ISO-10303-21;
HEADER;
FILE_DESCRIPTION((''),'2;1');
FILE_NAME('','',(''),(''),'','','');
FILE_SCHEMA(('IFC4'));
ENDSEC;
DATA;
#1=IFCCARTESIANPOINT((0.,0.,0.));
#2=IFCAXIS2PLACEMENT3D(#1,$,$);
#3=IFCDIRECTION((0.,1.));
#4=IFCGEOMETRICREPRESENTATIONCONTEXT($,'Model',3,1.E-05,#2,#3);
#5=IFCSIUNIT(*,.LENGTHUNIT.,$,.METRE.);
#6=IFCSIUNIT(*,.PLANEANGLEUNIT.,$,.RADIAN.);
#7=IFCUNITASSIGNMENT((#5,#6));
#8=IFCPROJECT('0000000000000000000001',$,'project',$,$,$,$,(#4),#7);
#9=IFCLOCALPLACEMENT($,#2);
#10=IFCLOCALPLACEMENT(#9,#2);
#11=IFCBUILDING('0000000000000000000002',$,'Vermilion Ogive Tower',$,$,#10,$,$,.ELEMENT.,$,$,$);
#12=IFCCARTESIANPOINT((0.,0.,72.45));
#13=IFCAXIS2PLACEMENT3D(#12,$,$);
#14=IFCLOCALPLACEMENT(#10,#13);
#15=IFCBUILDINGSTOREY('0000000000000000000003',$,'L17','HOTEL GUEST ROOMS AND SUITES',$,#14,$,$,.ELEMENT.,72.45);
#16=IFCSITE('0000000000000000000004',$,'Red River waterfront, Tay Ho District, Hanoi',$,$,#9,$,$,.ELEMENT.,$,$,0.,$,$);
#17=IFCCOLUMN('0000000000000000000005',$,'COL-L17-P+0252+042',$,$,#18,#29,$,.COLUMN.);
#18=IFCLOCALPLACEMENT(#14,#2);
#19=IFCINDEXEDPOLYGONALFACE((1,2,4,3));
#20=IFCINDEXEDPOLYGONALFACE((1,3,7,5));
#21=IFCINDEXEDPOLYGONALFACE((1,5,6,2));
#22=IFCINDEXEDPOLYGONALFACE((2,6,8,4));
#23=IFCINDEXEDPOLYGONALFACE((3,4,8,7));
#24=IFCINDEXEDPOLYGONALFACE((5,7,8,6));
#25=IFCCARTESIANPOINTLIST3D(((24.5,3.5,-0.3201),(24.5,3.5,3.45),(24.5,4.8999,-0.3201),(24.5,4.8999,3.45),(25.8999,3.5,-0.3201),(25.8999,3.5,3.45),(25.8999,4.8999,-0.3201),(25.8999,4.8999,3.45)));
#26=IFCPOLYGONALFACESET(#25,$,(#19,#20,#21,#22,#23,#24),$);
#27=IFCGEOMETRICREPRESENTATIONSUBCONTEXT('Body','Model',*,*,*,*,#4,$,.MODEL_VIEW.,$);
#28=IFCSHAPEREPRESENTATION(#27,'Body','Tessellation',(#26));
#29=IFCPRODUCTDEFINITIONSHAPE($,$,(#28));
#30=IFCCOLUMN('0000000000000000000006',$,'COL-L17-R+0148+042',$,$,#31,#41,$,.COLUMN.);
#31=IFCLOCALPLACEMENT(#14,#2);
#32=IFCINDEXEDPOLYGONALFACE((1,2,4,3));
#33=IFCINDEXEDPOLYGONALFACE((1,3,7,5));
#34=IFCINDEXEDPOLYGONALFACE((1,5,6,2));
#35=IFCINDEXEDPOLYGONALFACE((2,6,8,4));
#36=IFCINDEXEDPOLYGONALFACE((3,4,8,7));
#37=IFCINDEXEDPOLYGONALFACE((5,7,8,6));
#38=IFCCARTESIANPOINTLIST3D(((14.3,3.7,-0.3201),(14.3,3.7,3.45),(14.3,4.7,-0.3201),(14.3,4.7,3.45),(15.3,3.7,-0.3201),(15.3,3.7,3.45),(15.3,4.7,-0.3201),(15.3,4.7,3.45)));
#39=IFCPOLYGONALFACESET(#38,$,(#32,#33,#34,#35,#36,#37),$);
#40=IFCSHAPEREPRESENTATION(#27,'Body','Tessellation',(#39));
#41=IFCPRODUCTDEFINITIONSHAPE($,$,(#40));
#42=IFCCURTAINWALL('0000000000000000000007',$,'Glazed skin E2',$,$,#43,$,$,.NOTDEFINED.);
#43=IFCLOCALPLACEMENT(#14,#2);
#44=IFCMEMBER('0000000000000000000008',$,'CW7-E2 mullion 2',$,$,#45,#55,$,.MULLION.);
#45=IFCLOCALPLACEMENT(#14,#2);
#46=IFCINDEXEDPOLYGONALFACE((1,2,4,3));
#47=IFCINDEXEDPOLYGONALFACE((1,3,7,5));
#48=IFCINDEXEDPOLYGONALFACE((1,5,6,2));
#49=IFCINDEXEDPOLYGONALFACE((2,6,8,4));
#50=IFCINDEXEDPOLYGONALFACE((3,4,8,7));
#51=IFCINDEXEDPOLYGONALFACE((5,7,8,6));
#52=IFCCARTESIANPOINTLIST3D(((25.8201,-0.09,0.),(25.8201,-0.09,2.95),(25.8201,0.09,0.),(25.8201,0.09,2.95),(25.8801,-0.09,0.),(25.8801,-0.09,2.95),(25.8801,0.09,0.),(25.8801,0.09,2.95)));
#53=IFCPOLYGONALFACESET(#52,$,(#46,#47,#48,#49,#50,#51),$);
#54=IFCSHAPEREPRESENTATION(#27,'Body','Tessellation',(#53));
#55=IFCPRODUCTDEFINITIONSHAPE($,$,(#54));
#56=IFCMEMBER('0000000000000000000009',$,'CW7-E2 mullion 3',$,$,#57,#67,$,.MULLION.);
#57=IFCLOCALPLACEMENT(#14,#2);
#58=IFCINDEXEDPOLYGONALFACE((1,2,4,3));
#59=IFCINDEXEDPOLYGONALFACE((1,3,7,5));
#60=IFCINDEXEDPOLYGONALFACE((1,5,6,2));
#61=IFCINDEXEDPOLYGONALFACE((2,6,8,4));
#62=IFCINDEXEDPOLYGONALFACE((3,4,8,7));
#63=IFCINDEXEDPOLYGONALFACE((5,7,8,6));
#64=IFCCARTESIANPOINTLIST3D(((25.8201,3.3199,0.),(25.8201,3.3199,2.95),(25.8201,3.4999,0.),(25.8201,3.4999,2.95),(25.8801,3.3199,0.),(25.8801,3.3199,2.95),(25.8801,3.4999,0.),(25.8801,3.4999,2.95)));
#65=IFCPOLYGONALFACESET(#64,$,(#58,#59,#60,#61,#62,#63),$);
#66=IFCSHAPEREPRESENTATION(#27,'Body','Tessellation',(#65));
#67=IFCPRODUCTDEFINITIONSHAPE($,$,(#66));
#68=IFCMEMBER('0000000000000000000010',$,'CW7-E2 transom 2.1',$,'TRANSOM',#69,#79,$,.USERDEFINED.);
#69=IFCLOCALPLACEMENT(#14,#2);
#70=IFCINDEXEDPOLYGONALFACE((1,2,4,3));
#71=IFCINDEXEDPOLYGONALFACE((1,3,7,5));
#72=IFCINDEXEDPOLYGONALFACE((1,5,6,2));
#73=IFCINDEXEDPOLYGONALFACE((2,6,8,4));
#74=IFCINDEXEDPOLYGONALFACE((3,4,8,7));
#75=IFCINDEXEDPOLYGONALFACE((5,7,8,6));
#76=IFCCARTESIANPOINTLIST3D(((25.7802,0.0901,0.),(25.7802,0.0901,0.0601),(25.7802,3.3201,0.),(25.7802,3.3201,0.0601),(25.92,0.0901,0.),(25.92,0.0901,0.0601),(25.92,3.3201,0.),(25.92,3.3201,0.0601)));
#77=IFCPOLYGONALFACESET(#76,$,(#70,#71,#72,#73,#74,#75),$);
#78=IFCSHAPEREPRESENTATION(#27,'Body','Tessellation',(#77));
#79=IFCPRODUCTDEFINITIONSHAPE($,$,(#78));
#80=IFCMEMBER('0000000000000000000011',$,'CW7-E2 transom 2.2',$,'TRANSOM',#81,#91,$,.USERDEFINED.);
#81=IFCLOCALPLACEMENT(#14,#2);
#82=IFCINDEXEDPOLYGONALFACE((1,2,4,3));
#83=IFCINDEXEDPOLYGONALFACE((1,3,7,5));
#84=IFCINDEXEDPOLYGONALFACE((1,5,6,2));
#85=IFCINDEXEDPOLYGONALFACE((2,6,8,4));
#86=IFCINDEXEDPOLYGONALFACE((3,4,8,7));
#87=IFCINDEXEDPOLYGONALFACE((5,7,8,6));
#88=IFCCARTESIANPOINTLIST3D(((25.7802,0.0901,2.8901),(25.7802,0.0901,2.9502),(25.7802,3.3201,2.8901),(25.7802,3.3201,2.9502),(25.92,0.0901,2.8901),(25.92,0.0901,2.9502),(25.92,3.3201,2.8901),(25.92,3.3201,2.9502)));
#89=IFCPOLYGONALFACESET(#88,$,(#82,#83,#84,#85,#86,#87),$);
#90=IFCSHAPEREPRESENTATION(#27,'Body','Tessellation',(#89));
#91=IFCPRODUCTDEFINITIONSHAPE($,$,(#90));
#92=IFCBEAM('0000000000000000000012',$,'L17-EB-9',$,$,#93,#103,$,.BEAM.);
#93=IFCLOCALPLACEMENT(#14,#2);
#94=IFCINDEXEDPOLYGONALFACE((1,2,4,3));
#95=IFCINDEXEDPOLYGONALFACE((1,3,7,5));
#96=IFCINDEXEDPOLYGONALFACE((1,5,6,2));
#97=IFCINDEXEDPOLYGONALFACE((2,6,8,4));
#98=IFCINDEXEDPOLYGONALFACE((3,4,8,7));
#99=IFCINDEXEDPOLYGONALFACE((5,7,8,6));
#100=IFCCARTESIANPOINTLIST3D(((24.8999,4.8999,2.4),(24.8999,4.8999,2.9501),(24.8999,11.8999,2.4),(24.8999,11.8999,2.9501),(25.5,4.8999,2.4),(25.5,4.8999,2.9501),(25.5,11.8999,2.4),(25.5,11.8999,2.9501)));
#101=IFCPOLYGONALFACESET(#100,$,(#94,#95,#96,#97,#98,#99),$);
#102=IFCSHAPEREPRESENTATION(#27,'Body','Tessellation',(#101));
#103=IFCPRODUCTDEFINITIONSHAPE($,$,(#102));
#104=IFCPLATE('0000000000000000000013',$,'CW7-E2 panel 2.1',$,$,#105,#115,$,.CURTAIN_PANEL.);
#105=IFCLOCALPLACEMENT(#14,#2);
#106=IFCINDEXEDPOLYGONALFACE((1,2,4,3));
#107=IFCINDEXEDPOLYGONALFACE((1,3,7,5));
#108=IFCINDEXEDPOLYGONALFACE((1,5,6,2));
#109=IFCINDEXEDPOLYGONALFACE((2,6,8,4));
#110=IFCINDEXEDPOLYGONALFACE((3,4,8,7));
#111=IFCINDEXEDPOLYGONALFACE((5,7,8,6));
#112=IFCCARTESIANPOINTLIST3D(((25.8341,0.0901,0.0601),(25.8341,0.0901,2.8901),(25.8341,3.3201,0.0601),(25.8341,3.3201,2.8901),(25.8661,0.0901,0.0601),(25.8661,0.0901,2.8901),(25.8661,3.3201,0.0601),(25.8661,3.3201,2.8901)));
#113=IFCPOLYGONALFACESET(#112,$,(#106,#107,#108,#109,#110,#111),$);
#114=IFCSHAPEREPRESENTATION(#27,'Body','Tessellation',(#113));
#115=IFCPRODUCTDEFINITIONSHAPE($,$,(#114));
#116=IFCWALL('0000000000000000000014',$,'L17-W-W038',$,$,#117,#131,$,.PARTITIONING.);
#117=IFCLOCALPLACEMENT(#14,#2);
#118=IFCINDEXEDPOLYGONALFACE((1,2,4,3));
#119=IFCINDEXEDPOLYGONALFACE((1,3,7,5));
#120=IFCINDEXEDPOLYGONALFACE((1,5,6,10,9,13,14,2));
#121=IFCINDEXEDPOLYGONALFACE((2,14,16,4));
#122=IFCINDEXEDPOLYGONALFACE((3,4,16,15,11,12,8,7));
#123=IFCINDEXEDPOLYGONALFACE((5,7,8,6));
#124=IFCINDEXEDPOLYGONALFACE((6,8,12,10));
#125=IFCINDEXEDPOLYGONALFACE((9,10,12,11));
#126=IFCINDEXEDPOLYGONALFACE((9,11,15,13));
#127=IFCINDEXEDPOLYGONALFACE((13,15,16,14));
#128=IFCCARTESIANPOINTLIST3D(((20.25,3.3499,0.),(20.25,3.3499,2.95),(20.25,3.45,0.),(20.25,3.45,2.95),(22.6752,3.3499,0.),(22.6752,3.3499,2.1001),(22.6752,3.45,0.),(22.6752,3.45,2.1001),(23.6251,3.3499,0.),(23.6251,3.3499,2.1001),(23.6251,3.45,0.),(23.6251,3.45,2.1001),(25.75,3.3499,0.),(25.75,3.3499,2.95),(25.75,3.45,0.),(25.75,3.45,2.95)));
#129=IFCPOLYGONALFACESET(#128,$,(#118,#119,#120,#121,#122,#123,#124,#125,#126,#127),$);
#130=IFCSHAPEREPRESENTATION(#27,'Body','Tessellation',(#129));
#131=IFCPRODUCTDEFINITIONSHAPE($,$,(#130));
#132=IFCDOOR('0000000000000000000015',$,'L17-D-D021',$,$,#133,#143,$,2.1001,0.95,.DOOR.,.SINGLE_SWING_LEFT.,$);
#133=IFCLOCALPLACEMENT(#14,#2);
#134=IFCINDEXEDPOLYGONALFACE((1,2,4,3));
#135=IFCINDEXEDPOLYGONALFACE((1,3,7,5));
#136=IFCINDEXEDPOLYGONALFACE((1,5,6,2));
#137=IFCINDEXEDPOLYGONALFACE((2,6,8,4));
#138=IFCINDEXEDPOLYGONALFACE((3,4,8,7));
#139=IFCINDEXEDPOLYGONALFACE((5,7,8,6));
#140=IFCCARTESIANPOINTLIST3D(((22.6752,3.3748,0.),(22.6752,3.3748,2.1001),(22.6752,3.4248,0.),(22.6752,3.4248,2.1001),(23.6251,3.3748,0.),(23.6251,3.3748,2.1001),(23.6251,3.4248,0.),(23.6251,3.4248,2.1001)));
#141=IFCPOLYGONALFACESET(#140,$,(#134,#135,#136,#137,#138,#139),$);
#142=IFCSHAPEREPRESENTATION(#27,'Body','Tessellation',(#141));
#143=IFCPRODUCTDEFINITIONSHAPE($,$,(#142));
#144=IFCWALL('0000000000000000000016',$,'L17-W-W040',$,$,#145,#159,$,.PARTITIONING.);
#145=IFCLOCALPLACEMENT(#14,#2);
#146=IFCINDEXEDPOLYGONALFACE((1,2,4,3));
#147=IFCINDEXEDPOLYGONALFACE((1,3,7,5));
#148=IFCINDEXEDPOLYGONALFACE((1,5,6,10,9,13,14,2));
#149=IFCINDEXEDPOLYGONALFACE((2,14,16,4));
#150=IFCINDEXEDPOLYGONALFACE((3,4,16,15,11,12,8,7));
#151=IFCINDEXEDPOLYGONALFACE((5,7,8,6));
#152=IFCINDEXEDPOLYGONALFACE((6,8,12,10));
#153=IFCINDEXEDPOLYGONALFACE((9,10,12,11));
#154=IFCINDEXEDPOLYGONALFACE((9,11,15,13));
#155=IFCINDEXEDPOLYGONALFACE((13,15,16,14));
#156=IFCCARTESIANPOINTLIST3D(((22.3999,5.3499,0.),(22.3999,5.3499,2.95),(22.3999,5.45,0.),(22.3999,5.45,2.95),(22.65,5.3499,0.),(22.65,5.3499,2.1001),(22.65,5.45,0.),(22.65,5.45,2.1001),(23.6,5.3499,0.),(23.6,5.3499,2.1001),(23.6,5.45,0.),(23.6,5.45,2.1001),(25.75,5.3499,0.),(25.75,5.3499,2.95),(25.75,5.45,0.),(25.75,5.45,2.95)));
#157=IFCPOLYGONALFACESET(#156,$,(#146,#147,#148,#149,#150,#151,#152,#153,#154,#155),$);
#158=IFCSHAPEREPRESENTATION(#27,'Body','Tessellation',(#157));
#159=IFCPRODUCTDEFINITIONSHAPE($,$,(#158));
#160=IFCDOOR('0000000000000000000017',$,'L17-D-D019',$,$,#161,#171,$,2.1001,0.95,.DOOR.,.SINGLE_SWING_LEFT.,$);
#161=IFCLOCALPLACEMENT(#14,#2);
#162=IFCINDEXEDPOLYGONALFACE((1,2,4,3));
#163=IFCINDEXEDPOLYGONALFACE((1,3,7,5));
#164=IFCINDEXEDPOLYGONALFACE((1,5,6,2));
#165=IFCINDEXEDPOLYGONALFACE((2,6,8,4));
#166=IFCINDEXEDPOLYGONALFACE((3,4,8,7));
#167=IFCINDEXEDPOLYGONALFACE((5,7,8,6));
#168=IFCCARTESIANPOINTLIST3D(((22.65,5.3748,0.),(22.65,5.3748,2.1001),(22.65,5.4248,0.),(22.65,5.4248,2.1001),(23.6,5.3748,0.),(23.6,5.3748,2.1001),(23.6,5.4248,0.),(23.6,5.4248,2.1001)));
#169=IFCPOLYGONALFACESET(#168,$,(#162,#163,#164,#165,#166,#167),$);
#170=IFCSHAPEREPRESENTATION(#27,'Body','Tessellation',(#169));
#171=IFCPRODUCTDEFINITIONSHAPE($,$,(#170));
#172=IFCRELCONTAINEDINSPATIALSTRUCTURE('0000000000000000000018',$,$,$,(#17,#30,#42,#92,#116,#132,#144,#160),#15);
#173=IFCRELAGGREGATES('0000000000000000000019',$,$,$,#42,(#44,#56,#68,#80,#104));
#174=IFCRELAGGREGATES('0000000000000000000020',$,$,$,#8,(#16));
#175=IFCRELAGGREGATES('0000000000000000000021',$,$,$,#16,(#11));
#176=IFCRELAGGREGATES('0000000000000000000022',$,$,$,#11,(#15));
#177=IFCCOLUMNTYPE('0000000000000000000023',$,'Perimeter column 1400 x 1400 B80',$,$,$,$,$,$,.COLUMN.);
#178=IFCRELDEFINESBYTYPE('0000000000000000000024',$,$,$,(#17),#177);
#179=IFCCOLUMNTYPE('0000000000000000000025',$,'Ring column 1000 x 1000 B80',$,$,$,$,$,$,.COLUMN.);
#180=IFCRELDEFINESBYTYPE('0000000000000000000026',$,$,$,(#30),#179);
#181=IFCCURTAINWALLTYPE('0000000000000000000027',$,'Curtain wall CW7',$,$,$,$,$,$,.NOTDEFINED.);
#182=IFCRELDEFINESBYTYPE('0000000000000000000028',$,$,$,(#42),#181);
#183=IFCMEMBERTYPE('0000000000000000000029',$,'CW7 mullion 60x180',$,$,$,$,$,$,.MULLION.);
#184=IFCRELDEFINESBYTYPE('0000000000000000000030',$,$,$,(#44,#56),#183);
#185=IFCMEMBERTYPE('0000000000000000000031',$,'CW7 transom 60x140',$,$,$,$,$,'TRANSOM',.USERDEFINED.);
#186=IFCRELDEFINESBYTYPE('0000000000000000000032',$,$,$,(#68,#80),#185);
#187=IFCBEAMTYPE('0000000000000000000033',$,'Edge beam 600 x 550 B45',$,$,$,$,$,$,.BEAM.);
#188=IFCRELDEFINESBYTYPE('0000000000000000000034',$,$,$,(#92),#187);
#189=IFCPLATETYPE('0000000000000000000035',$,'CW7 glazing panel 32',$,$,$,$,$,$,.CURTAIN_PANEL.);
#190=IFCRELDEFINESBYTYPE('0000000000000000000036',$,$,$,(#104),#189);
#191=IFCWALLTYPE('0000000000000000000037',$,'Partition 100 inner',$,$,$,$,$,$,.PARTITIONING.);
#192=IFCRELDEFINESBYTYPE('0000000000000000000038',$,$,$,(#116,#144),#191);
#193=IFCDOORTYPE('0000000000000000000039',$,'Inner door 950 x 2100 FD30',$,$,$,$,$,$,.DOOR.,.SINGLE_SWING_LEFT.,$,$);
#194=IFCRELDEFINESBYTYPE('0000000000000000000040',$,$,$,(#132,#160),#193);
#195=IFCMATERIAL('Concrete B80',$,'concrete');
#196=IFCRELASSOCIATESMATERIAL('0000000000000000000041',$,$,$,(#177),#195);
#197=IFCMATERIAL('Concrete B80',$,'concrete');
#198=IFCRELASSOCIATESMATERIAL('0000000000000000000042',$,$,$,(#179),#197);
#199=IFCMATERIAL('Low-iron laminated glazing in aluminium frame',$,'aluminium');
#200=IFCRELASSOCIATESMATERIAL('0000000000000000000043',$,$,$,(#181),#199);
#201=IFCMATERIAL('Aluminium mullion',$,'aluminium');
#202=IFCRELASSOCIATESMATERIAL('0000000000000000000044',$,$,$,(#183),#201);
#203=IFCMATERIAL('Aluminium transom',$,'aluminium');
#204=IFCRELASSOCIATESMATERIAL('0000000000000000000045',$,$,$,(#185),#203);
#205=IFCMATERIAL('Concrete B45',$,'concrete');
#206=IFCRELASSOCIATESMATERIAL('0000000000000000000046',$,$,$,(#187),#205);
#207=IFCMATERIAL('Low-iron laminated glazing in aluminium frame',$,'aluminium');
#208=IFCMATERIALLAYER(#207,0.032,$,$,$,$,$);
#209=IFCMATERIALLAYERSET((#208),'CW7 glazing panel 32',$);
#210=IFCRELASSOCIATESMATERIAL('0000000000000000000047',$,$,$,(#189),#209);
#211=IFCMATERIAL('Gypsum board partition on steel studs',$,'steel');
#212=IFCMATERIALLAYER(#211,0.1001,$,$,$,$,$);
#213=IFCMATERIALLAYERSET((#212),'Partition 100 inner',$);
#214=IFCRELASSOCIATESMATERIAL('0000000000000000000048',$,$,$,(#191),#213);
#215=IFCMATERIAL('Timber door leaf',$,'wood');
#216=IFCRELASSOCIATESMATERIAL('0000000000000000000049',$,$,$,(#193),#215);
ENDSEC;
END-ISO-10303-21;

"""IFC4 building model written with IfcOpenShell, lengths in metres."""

from ifc_helpers import new_model, si_unit, direction, frame, frame_2d, origin, origin_2d, place, context, subcontext, project, spatial, rectangle, extrude, material, layer, layer_set, material_profile, profile_set, type_object, element, fill, aggregate, save


model = new_model("IFC4")

# Units and contexts
model_context = context("Model", 3, precision=1e-05, world=origin(), true_north=direction((0.0, 1.0)))
body_context = subcontext(model_context, "Body", "Model", "MODEL_VIEW")
ifc_project = project(units=[si_unit("LENGTHUNIT", "METRE"), si_unit("PLANEANGLEUNIT", "RADIAN")], contexts=[model_context])

# Site, building, storey
site_placement = place(None, origin())
site = spatial("IfcSite", under=ifc_project, at=site_placement, Name="Red River waterfront, Tay Ho District, Hanoi", CompositionType="ELEMENT", RefElevation=0.0)
building_placement = place(site_placement, origin())
building = spatial("IfcBuilding", under=site, at=building_placement, Name="Vermilion Ogive Tower", CompositionType="ELEMENT")
storey_placement = place(building_placement, frame((0.0, 0.0, 72.45)))
storey = spatial("IfcBuildingStorey", under=building, at=storey_placement, Name="L17", Description="HOTEL GUEST ROOMS AND SUITES", CompositionType="ELEMENT", Elevation=72.45)

# Columns
ifc_material_1 = material(Name="Concrete B80", Category="concrete")
ifc_material_profile_1 = material_profile(ifc_material_1, rectangle(XDim=1.3999, YDim=1.3999, at=origin_2d()), Name="1400 x 1400")
ifc_profile_set_1 = profile_set([ifc_material_profile_1], Name="Concrete B80")
column_type_1 = type_object("IfcColumnType", Name="Perimeter column 1400 x 1400 B80", PredefinedType="COLUMN", material=ifc_profile_set_1)
column_1_placement = place(storey_placement, frame((25.2, 4.2, -0.3201), z_axis=(0.0, 0.0, 1.0), x_axis=(1.0, 0.0, 0.0)))
element("IfcColumn", 1, at=column_1_placement, inside=storey, type_object=column_type_1, Name="COL-L17-P+0252+042", PredefinedType="COLUMN", context=body_context, shape_type="SweptSolid", body=[
    extrude(rectangle(XDim=1.3999, YDim=1.3999, at=origin_2d()), origin(), (0.0, 0.0, 1.0), 3.77),
])
ifc_material_2 = material(Name="Concrete B80", Category="concrete")
ifc_material_profile_2 = material_profile(ifc_material_2, rectangle(XDim=1.0, YDim=1.0, at=origin_2d()), Name="1000 x 1000")
ifc_profile_set_2 = profile_set([ifc_material_profile_2], Name="Concrete B80")
column_type_2 = type_object("IfcColumnType", Name="Ring column 1000 x 1000 B80", PredefinedType="COLUMN", material=ifc_profile_set_2)
column_2_placement = place(storey_placement, frame((14.8, 4.2, -0.3201), z_axis=(0.0, 0.0, 1.0), x_axis=(1.0, 0.0, 0.0)))
element("IfcColumn", 2, at=column_2_placement, inside=storey, type_object=column_type_2, Name="COL-L17-R+0148+042", PredefinedType="COLUMN", context=body_context, shape_type="SweptSolid", body=[
    extrude(rectangle(XDim=1.0, YDim=1.0, at=origin_2d()), origin(), (0.0, 0.0, 1.0), 3.77),
])

# Curtain wall, members
ifc_material_3 = material(Name="Low-iron laminated glazing in aluminium frame", Category="aluminium")
curtain_wall_type = type_object("IfcCurtainWallType", Name="Curtain wall CW7", PredefinedType="NOTDEFINED", material=ifc_material_3)
curtain_wall_placement = place(storey_placement, origin())
curtain_wall = element("IfcCurtainWall", 3, at=curtain_wall_placement, inside=storey, type_object=curtain_wall_type, Name="Glazed skin E2", PredefinedType="NOTDEFINED")
ifc_material_4 = material(Name="Aluminium mullion", Category="aluminium")
ifc_material_profile_3 = material_profile(ifc_material_4, rectangle(XDim=0.0601, YDim=0.1799, at=origin_2d()), Name="AL 60x180")
ifc_profile_set_3 = profile_set([ifc_material_profile_3], Name="Aluminium mullion")
member_type_1 = type_object("IfcMemberType", Name="CW7 mullion 60x180", PredefinedType="MULLION", material=ifc_profile_set_3)
member_1_placement = place(storey_placement, frame((25.8501, 0.0, 0.0), z_axis=(0.0, 0.0, 1.0), x_axis=(-1.0, 0.0, 0.0)))
member_1 = element("IfcMember", 4, at=member_1_placement, type_object=member_type_1, Name="CW7-E2 mullion 2", PredefinedType="MULLION", context=body_context, shape_type="SweptSolid", body=[
    extrude(rectangle(XDim=0.0601, YDim=0.1799, at=origin_2d()), origin(), (0.0, 0.0, 1.0), 2.95),
])
member_2_placement = place(storey_placement, frame((25.8501, 3.4099, 0.0), z_axis=(0.0, 0.0, 1.0), x_axis=(-1.0, 0.0, 0.0)))
member_2 = element("IfcMember", 5, at=member_2_placement, type_object=member_type_1, Name="CW7-E2 mullion 3", PredefinedType="MULLION", context=body_context, shape_type="SweptSolid", body=[
    extrude(rectangle(XDim=0.0601, YDim=0.1799, at=origin_2d()), origin(), (0.0, 0.0, 1.0), 2.95),
])
ifc_material_5 = material(Name="Aluminium transom", Category="aluminium")
ifc_material_profile_4 = material_profile(ifc_material_5, rectangle(XDim=0.1399, YDim=0.0601, at=origin_2d()), Name="AL 60x140")
ifc_profile_set_4 = profile_set([ifc_material_profile_4], Name="Aluminium transom")
member_type_2 = type_object("IfcMemberType", Name="CW7 transom 60x140", ElementType="TRANSOM", PredefinedType="USERDEFINED", material=ifc_profile_set_4)
member_3_placement = place(storey_placement, frame((25.8501, 0.0901, 0.03), z_axis=(0.0, 1.0, 0.0), x_axis=(-1.0, 0.0, 0.0)))
member_3 = element("IfcMember", 6, at=member_3_placement, type_object=member_type_2, Name="CW7-E2 transom 2.1", ObjectType="TRANSOM", PredefinedType="USERDEFINED", context=body_context, shape_type="SweptSolid", body=[
    extrude(rectangle(XDim=0.1399, YDim=0.0601, at=origin_2d()), origin(), (0.0, 0.0, 1.0), 3.23),
])
member_4_placement = place(storey_placement, frame((25.8501, 0.0901, 2.9202), z_axis=(0.0, 1.0, 0.0), x_axis=(-1.0, 0.0, 0.0)))
member_4 = element("IfcMember", 7, at=member_4_placement, type_object=member_type_2, Name="CW7-E2 transom 2.2", ObjectType="TRANSOM", PredefinedType="USERDEFINED", context=body_context, shape_type="SweptSolid", body=[
    extrude(rectangle(XDim=0.1399, YDim=0.0601, at=origin_2d()), origin(), (0.0, 0.0, 1.0), 3.23),
])

# Beam
ifc_material_6 = material(Name="Concrete B45", Category="concrete")
ifc_material_profile_5 = material_profile(ifc_material_6, rectangle(XDim=0.6001, YDim=0.55, at=origin_2d()), Name="600 x 550")
ifc_profile_set_5 = profile_set([ifc_material_profile_5], Name="Concrete B45")
beam_type = type_object("IfcBeamType", Name="Edge beam 600 x 550 B45", PredefinedType="BEAM", material=ifc_profile_set_5)
beam_placement = place(storey_placement, frame((25.2, 4.8999, 2.675), z_axis=(0.0, 1.0, 0.0), x_axis=(-1.0, 0.0, 0.0)))
element("IfcBeam", 8, at=beam_placement, inside=storey, type_object=beam_type, Name="L17-EB-9", PredefinedType="BEAM", context=body_context, shape_type="SweptSolid", body=[
    extrude(rectangle(XDim=0.6001, YDim=0.55, at=origin_2d()), origin(), (0.0, 0.0, 1.0), 7.0),
])

# Plate
ifc_material_7 = material(Name="Low-iron laminated glazing in aluminium frame", Category="aluminium")
ifc_layer_1 = layer(ifc_material_7, 0.032)
ifc_layer_set_1 = layer_set([ifc_layer_1], Name="CW7 glazing panel 32")
plate_type = type_object("IfcPlateType", Name="CW7 glazing panel 32", PredefinedType="CURTAIN_PANEL", material=ifc_layer_set_1)
plate_placement = place(storey_placement, frame((25.8501, 1.7051, 0.0601), z_axis=(0.0, 0.0, 1.0), x_axis=(0.0, 1.0, 0.0)))
plate = element("IfcPlate", 9, at=plate_placement, type_object=plate_type, Name="CW7-E2 panel 2.1", PredefinedType="CURTAIN_PANEL", context=body_context, shape_type="SweptSolid", body=[
    extrude(rectangle(XDim=3.23, YDim=0.032, at=origin_2d()), origin(), (0.0, 0.0, 1.0), 2.8301),
])
aggregate(curtain_wall, [member_1, member_2, member_3, member_4, plate])

# Walls, openings, doors
ifc_material_8 = material(Name="Gypsum board partition on steel studs", Category="steel")
ifc_layer_2 = layer(ifc_material_8, 0.1001)
ifc_layer_set_2 = layer_set([ifc_layer_2], Name="Partition 100 inner")
wall_type_1 = type_object("IfcWallType", Name="Partition 100 inner", PredefinedType="PARTITIONING", material=ifc_layer_set_2)
wall_1_placement = place(storey_placement, frame((20.25, 3.3999, 0.0), z_axis=(0.0, 0.0, 1.0), x_axis=(1.0, 0.0, 0.0)))
wall_1 = element("IfcWall", 10, at=wall_1_placement, inside=storey, type_object=wall_type_1, Name="L17-W-W038", PredefinedType="PARTITIONING", context=body_context, shape_type="SweptSolid", body=[
    extrude(rectangle(XDim=5.5, YDim=0.1001, at=frame_2d((2.75, 0.0))), origin(), (0.0, 0.0, 1.0), 2.95),
])
opening_1_placement = place(wall_1_placement, frame((2.425, 0.0, 0.0)))
opening_1 = element("IfcOpeningElement", 11, at=opening_1_placement, cuts=wall_1, PredefinedType="OPENING", context=body_context, shape_type="SweptSolid", body=[
    extrude(rectangle(XDim=0.95, YDim=2.1001, at=frame_2d((0.4751, 1.05))), frame((0.0, 0.0601, 0.0), z_axis=(0.0, -1.0, 0.0), x_axis=(1.0, 0.0, 0.0)), (0.0, 0.0, 1.0), 0.1201),
])
ifc_material_9 = material(Name="Timber door leaf", Category="wood")
door_type_1 = type_object("IfcDoorType", Name="Inner door 950 x 2100 FD30", OperationType="SINGLE_SWING_LEFT", PredefinedType="DOOR", material=ifc_material_9)
door_1_placement = place(opening_1_placement, origin())
door_1 = element("IfcDoor", 12, at=door_1_placement, inside=storey, type_object=door_type_1, Name="L17-D-D021", OperationType="SINGLE_SWING_LEFT", OverallHeight=2.1001, OverallWidth=0.95, PredefinedType="DOOR", context=body_context, shape_type="SweptSolid", body=[
    extrude(rectangle(XDim=0.95, YDim=2.1001, at=frame_2d((0.4751, 1.05))), frame((0.0, 0.0249, 0.0), z_axis=(0.0, -1.0, 0.0), x_axis=(1.0, 0.0, 0.0)), (0.0, 0.0, 1.0), 0.05),
])
fill(opening_1, door_1)
wall_2_placement = place(storey_placement, frame((22.3999, 5.3999, 0.0), z_axis=(0.0, 0.0, 1.0), x_axis=(1.0, 0.0, 0.0)))
wall_2 = element("IfcWall", 13, at=wall_2_placement, inside=storey, type_object=wall_type_1, Name="L17-W-W040", PredefinedType="PARTITIONING", context=body_context, shape_type="SweptSolid", body=[
    extrude(rectangle(XDim=3.3501, YDim=0.1001, at=frame_2d((1.675, 0.0))), origin(), (0.0, 0.0, 1.0), 2.95),
])
opening_2_placement = place(wall_2_placement, frame((0.25, 0.0, 0.0)))
opening_2 = element("IfcOpeningElement", 14, at=opening_2_placement, cuts=wall_2, PredefinedType="OPENING", context=body_context, shape_type="SweptSolid", body=[
    extrude(rectangle(XDim=0.95, YDim=2.1001, at=frame_2d((0.4751, 1.05))), frame((0.0, 0.0601, 0.0), z_axis=(0.0, -1.0, 0.0), x_axis=(1.0, 0.0, 0.0)), (0.0, 0.0, 1.0), 0.1201),
])
door_2_placement = place(opening_2_placement, origin())
door_2 = element("IfcDoor", 15, at=door_2_placement, inside=storey, type_object=door_type_1, Name="L17-D-D019", OperationType="SINGLE_SWING_LEFT", OverallHeight=2.1001, OverallWidth=0.95, PredefinedType="DOOR", context=body_context, shape_type="SweptSolid", body=[
    extrude(rectangle(XDim=0.95, YDim=2.1001, at=frame_2d((0.4751, 1.05))), frame((0.0, 0.0249, 0.0), z_axis=(0.0, -1.0, 0.0), x_axis=(1.0, 0.0, 0.0)), (0.0, 0.0, 1.0), 0.05),
])
fill(opening_2, door_2)

save(model, "model.ifc")
